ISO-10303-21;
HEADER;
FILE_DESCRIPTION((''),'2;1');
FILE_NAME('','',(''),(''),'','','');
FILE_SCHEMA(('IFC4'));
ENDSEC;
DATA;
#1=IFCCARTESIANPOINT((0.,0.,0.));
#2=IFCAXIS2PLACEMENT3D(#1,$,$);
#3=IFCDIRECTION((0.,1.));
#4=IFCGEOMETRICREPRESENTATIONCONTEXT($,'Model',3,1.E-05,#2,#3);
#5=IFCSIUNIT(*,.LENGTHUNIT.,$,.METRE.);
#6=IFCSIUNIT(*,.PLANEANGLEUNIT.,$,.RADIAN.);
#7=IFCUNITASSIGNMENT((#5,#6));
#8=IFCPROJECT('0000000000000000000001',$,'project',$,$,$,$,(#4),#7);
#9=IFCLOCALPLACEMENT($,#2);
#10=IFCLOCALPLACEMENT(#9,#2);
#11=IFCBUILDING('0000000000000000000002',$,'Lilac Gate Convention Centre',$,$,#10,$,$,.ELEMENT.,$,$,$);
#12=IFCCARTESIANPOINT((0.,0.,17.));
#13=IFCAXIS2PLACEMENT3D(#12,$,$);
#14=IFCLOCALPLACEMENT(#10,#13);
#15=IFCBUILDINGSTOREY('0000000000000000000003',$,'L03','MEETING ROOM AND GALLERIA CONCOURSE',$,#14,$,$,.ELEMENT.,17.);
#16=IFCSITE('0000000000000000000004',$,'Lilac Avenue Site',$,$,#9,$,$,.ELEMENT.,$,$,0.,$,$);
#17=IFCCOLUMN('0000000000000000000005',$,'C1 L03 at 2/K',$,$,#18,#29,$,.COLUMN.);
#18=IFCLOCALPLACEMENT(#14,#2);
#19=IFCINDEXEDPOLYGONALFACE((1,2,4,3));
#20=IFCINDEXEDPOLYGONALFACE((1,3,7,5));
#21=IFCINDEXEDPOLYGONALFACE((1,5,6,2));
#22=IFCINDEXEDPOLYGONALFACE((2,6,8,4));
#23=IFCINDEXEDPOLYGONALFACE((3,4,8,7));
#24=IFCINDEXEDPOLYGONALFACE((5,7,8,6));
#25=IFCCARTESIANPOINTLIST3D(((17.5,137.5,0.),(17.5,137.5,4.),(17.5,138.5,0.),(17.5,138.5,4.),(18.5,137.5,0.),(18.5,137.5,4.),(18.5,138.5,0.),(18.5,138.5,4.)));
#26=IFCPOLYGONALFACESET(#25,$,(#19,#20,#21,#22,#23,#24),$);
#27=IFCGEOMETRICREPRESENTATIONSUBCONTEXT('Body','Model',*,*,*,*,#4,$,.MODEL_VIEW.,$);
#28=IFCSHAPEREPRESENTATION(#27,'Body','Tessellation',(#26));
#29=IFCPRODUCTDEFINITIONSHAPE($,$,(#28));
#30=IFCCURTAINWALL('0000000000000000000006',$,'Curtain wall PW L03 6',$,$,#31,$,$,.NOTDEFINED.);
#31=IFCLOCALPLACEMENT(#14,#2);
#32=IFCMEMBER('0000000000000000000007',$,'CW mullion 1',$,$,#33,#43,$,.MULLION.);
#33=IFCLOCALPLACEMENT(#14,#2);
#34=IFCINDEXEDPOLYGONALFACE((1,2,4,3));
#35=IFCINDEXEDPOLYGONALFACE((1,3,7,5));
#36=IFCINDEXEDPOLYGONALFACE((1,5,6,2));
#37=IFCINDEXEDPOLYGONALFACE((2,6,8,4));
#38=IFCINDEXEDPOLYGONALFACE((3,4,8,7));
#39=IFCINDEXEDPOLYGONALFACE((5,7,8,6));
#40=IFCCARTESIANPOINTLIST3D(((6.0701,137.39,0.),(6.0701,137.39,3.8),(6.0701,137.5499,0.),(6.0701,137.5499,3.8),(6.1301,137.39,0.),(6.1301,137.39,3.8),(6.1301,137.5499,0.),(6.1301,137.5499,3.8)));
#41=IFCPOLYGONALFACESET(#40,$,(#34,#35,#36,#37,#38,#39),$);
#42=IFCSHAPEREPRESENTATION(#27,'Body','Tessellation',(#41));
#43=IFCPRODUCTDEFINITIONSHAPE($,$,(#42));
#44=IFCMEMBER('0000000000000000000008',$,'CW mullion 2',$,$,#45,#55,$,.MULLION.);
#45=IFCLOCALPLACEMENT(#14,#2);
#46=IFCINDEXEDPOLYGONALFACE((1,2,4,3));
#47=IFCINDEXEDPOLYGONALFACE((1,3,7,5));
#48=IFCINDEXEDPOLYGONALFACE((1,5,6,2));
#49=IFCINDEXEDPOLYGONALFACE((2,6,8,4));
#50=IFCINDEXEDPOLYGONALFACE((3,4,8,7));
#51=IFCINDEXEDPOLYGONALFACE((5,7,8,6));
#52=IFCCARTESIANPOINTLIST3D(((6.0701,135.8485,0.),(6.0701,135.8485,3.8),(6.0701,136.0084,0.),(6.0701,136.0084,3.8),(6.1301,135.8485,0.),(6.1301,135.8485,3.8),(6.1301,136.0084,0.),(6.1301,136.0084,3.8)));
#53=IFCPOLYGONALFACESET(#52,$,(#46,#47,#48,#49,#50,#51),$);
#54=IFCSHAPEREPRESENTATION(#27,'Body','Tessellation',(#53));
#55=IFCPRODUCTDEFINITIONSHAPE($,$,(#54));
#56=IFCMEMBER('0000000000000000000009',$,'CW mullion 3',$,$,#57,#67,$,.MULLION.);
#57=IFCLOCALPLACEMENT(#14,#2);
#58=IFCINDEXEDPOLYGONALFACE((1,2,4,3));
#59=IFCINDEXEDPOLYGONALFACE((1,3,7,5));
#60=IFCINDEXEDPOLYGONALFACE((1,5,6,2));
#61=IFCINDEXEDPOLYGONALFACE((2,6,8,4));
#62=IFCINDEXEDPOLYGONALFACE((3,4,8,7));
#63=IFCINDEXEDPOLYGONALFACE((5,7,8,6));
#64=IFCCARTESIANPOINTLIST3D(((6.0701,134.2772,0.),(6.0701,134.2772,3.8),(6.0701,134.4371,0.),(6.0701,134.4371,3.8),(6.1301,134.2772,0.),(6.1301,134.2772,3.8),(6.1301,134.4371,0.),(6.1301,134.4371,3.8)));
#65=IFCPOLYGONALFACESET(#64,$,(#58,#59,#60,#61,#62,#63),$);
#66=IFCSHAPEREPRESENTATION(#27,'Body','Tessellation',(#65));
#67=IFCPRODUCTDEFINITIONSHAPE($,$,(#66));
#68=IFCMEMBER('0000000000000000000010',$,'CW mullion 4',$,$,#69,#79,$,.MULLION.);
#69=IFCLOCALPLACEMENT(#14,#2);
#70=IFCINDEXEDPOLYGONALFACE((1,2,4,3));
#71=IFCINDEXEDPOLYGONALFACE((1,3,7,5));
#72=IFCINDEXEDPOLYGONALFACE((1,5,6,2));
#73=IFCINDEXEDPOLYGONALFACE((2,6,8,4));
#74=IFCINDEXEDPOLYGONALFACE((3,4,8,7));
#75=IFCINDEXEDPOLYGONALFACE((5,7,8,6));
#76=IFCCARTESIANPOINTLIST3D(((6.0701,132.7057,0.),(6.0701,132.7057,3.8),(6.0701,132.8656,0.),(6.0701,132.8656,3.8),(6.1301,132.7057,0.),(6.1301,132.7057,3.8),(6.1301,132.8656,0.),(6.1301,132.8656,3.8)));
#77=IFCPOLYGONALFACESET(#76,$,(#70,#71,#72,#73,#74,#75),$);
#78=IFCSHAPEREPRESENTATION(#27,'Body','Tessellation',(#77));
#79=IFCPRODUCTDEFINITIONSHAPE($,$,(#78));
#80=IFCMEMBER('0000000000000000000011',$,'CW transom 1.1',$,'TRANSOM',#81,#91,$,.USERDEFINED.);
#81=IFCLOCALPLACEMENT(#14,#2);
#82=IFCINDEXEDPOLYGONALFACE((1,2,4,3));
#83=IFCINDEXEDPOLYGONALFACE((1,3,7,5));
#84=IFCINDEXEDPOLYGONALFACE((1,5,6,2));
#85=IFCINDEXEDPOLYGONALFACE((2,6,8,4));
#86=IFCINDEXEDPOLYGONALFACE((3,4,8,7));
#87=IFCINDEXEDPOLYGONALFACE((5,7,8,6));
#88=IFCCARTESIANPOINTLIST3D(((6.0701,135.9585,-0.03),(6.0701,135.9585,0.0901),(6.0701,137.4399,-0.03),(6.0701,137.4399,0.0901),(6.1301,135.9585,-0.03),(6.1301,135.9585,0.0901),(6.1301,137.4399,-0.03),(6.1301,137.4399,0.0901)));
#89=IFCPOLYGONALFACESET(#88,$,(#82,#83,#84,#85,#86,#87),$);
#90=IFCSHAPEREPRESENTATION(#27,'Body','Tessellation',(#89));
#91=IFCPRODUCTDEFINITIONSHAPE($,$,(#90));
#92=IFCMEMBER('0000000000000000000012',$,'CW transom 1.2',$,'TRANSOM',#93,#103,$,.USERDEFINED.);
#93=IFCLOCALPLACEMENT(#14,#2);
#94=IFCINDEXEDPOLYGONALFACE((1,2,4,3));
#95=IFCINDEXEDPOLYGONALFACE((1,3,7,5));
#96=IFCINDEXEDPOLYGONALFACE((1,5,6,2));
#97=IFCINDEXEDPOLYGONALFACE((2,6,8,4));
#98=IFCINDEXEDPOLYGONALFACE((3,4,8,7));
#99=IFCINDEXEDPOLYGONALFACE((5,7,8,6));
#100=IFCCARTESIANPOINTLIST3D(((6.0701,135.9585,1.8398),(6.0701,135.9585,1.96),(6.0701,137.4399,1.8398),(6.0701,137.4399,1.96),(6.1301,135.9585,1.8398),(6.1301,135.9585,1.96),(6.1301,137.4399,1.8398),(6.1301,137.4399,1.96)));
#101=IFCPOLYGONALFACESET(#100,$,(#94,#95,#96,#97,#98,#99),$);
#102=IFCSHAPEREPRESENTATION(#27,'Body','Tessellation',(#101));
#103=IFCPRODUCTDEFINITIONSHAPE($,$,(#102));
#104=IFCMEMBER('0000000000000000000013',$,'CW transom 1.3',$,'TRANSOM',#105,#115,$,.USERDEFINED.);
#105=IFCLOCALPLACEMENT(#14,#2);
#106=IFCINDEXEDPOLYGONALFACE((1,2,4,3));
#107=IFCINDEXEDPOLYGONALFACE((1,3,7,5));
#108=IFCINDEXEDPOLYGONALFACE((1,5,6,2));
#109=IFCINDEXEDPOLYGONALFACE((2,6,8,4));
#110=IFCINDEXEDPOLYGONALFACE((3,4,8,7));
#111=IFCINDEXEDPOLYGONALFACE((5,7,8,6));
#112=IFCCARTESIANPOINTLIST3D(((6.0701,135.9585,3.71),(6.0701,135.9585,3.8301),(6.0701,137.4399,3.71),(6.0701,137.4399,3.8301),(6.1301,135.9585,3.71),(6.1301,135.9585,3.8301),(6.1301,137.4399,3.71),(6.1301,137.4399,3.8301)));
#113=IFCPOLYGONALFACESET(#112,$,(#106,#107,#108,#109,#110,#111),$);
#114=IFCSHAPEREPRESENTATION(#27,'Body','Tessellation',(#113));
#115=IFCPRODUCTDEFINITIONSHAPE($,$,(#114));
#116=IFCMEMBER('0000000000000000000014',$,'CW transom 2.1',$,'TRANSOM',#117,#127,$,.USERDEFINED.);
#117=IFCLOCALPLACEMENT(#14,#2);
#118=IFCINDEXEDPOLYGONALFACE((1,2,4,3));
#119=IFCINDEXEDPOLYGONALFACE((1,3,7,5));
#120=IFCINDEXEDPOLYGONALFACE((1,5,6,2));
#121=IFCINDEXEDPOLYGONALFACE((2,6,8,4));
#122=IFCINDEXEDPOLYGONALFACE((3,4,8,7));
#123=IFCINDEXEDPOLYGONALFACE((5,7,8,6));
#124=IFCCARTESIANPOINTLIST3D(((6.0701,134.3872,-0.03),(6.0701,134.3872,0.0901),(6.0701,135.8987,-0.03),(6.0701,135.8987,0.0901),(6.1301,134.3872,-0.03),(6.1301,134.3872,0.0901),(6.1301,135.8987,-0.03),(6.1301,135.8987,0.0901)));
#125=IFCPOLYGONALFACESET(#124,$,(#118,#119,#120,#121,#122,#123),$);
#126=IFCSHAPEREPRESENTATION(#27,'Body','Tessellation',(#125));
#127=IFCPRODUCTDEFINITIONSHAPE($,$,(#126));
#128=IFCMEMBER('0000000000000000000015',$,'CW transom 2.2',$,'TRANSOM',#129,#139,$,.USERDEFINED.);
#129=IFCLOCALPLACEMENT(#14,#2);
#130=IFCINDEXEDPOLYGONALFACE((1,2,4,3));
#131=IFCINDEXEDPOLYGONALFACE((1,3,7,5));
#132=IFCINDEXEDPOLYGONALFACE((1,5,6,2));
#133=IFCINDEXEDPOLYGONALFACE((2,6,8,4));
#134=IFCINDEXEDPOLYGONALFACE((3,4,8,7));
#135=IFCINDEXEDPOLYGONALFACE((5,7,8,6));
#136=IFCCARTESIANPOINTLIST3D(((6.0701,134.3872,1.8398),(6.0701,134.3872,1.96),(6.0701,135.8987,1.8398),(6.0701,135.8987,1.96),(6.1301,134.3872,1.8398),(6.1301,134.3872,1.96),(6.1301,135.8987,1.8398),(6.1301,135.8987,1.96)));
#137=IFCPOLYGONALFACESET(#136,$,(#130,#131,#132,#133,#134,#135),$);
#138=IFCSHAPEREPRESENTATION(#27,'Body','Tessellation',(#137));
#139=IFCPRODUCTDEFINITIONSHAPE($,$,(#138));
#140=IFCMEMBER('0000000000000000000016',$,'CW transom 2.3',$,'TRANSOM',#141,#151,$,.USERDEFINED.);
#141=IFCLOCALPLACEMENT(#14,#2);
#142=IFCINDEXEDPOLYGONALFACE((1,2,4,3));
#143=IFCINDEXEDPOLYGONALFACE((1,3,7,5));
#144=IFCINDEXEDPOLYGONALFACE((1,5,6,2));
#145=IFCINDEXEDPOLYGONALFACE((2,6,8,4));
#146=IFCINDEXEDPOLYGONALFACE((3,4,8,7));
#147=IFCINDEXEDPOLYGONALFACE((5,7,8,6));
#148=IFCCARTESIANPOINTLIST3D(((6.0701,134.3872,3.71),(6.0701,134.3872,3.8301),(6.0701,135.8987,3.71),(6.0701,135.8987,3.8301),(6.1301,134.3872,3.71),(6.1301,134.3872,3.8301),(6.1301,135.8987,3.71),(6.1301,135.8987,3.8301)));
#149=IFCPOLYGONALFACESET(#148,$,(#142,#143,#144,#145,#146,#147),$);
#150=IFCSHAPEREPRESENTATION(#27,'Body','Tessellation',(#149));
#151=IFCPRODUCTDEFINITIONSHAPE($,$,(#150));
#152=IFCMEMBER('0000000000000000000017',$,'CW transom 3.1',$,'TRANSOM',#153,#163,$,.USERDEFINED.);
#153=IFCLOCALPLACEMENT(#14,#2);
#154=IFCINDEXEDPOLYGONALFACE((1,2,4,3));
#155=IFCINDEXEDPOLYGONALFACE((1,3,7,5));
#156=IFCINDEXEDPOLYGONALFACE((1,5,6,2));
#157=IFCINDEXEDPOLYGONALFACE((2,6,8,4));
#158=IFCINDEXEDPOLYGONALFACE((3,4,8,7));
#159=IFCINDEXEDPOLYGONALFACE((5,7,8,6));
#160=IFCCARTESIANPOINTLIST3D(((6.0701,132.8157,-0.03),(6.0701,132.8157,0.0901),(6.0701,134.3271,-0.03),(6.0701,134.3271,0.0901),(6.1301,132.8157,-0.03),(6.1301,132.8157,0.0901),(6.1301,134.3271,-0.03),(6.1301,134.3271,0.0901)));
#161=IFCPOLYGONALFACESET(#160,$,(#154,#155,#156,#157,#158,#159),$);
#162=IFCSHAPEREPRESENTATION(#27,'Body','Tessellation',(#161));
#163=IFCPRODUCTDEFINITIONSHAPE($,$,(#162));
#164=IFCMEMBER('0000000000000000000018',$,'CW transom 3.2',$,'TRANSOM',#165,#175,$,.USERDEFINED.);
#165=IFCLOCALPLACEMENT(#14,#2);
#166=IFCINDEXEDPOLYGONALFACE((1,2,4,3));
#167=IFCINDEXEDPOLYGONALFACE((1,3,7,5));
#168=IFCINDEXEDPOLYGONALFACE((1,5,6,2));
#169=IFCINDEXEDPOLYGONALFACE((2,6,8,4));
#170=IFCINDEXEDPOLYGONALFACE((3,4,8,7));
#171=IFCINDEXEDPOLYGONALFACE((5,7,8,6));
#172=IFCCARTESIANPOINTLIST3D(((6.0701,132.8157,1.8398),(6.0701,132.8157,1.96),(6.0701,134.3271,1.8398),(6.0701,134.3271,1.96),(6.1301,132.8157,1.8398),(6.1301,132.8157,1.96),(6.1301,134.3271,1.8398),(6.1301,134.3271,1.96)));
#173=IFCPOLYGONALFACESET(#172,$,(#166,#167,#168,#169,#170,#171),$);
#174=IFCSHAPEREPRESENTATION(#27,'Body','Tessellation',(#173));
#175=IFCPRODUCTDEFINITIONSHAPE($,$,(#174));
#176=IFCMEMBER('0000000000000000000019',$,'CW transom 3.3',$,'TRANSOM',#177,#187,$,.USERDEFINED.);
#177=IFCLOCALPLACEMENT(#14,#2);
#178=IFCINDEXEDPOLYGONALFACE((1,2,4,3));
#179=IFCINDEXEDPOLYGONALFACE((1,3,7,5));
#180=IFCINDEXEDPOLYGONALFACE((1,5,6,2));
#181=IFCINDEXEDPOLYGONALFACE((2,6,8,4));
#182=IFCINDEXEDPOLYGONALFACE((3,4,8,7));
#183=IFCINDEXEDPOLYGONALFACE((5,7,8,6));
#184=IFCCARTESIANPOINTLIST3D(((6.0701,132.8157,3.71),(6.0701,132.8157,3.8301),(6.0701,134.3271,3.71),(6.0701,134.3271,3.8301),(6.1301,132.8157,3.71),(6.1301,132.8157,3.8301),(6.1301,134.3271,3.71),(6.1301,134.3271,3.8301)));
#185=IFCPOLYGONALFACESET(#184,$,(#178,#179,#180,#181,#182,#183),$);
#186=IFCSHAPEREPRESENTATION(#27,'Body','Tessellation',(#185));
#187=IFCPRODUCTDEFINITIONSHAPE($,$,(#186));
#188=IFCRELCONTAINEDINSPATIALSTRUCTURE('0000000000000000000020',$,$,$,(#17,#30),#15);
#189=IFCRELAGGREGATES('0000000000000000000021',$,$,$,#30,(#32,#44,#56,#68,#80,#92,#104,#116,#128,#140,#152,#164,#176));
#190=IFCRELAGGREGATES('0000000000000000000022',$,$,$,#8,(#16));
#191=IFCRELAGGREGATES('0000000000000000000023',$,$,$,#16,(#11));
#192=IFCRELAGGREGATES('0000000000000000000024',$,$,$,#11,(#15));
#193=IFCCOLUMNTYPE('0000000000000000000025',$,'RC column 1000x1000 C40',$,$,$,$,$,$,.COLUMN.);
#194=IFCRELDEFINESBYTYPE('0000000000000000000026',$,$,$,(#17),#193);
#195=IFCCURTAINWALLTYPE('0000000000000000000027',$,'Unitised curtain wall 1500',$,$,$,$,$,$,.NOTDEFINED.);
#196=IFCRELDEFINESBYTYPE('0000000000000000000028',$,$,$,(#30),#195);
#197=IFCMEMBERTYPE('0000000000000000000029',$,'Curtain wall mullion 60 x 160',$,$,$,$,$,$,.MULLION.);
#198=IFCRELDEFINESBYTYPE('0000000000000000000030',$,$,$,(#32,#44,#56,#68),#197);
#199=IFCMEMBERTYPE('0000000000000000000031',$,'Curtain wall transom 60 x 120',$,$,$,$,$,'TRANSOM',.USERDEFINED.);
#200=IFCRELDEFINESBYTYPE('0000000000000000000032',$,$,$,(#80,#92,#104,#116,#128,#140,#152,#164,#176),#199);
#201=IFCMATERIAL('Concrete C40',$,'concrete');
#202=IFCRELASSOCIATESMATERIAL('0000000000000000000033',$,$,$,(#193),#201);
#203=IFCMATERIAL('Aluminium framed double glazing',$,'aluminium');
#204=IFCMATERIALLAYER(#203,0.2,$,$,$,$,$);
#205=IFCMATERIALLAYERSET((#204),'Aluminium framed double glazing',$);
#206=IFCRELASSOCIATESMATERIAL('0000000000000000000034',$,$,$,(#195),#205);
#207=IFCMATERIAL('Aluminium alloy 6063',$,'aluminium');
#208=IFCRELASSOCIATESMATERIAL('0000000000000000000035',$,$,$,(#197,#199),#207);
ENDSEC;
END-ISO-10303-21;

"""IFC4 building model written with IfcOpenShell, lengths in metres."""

from ifc_helpers import new_model, si_unit, direction, frame, origin, origin_2d, place, context, subcontext, project, spatial, rectangle, extrude, material, layer, layer_set, material_profile, profile_set, type_object, element, aggregate, save


model = new_model("IFC4")

# Units and contexts
model_context = context("Model", 3, precision=1e-05, world=origin(), true_north=direction((0.0, 1.0)))
body_context = subcontext(model_context, "Body", "Model", "MODEL_VIEW")
ifc_project = project(units=[si_unit("LENGTHUNIT", "METRE"), si_unit("PLANEANGLEUNIT", "RADIAN")], contexts=[model_context])

# Site, building, storey
site_placement = place(None, origin())
site = spatial("IfcSite", under=ifc_project, at=site_placement, Name="Lilac Avenue Site", CompositionType="ELEMENT", RefElevation=0.0)
building_placement = place(site_placement, origin())
building = spatial("IfcBuilding", under=site, at=building_placement, Name="Lilac Gate Convention Centre", CompositionType="ELEMENT")
storey_placement = place(building_placement, frame((0.0, 0.0, 17.0)))
storey = spatial("IfcBuildingStorey", under=building, at=storey_placement, Name="L03", Description="MEETING ROOM AND GALLERIA CONCOURSE", CompositionType="ELEMENT", Elevation=17.0)

# Column
ifc_material_1 = material(Name="Concrete C40", Category="concrete")
ifc_material_profile_1 = material_profile(ifc_material_1, rectangle(XDim=1.0, YDim=1.0, at=origin_2d()), Name="RC 1000x1000")
ifc_profile_set_1 = profile_set([ifc_material_profile_1], Name="Concrete C40")
column_type = type_object("IfcColumnType", Name="RC column 1000x1000 C40", PredefinedType="COLUMN", material=ifc_profile_set_1)
column_placement = place(storey_placement, frame((18.0, 138.0, 0.0), z_axis=(0.0, 0.0, 1.0), x_axis=(1.0, 0.0, 0.0)))
element("IfcColumn", 1, at=column_placement, inside=storey, type_object=column_type, Name="C1 L03 at 2/K", PredefinedType="COLUMN", context=body_context, shape_type="SweptSolid", body=[
    extrude(rectangle(XDim=1.0, YDim=1.0, at=origin_2d()), origin(), (0.0, 0.0, 1.0), 4.0),
])

# Curtain wall, members
ifc_material_2 = material(Name="Aluminium framed double glazing", Category="aluminium")
ifc_layer_1 = layer(ifc_material_2, 0.2)
ifc_layer_set_1 = layer_set([ifc_layer_1], Name="Aluminium framed double glazing")
curtain_wall_type = type_object("IfcCurtainWallType", Name="Unitised curtain wall 1500", PredefinedType="NOTDEFINED", material=ifc_layer_set_1)
curtain_wall_placement = place(storey_placement, origin())
curtain_wall = element("IfcCurtainWall", 2, at=curtain_wall_placement, inside=storey, type_object=curtain_wall_type, Name="Curtain wall PW L03 6", PredefinedType="NOTDEFINED")
ifc_material_3 = material(Name="Aluminium alloy 6063", Category="aluminium")
ifc_material_profile_2 = material_profile(ifc_material_3, rectangle(XDim=0.0601, YDim=0.1599, at=origin_2d()), Name="Curtain wall mullion 60 x 160")
ifc_profile_set_2 = profile_set([ifc_material_profile_2], Name="Aluminium alloy 6063")
member_type_1 = type_object("IfcMemberType", Name="Curtain wall mullion 60 x 160", PredefinedType="MULLION", material=ifc_profile_set_2)
member_1_placement = place(storey_placement, frame((6.1001, 137.47, 0.0), z_axis=(0.0, 0.0, 1.0), x_axis=(1.0, 0.0, 0.0)))
member_1 = element("IfcMember", 3, at=member_1_placement, type_object=member_type_1, Name="CW mullion 1", PredefinedType="MULLION", context=body_context, shape_type="SweptSolid", body=[
    extrude(rectangle(XDim=0.0601, YDim=0.1599, at=origin_2d()), origin(), (0.0, 0.0, 1.0), 3.8),
])
member_2_placement = place(storey_placement, frame((6.1001, 135.9285, 0.0), z_axis=(0.0, 0.0, 1.0), x_axis=(1.0, 0.0, 0.0)))
member_2 = element("IfcMember", 4, at=member_2_placement, type_object=member_type_1, Name="CW mullion 2", PredefinedType="MULLION", context=body_context, shape_type="SweptSolid", body=[
    extrude(rectangle(XDim=0.0601, YDim=0.1599, at=origin_2d()), origin(), (0.0, 0.0, 1.0), 3.8),
])
member_3_placement = place(storey_placement, frame((6.1001, 134.3572, 0.0), z_axis=(0.0, 0.0, 1.0), x_axis=(1.0, 0.0, 0.0)))
member_3 = element("IfcMember", 5, at=member_3_placement, type_object=member_type_1, Name="CW mullion 3", PredefinedType="MULLION", context=body_context, shape_type="SweptSolid", body=[
    extrude(rectangle(XDim=0.0601, YDim=0.1599, at=origin_2d()), origin(), (0.0, 0.0, 1.0), 3.8),
])
member_4_placement = place(storey_placement, frame((6.1001, 132.7856, 0.0), z_axis=(0.0, 0.0, 1.0), x_axis=(1.0, 0.0, 0.0)))
member_4 = element("IfcMember", 6, at=member_4_placement, type_object=member_type_1, Name="CW mullion 4", PredefinedType="MULLION", context=body_context, shape_type="SweptSolid", body=[
    extrude(rectangle(XDim=0.0601, YDim=0.1599, at=origin_2d()), origin(), (0.0, 0.0, 1.0), 3.8),
])
ifc_material_profile_3 = material_profile(ifc_material_3, rectangle(XDim=0.0601, YDim=0.1201, at=origin_2d()), Name="Curtain wall transom 60 x 120")
ifc_profile_set_3 = profile_set([ifc_material_profile_3], Name="Aluminium alloy 6063")
member_type_2 = type_object("IfcMemberType", Name="Curtain wall transom 60 x 120", ElementType="TRANSOM", PredefinedType="USERDEFINED", material=ifc_profile_set_3)
member_5_placement = place(storey_placement, frame((6.1001, 137.4399, 0.03), z_axis=(0.0, -1.0, 0.0), x_axis=(1.0, 0.0, 0.0)))
member_5 = element("IfcMember", 7, at=member_5_placement, type_object=member_type_2, Name="CW transom 1.1", ObjectType="TRANSOM", PredefinedType="USERDEFINED", context=body_context, shape_type="SweptSolid", body=[
    extrude(rectangle(XDim=0.0601, YDim=0.1201, at=origin_2d()), origin(), (0.0, 0.0, 1.0), 1.4814),
])
member_6_placement = place(storey_placement, frame((6.1001, 137.4399, 1.8999), z_axis=(0.0, -1.0, 0.0), x_axis=(1.0, 0.0, 0.0)))
member_6 = element("IfcMember", 8, at=member_6_placement, type_object=member_type_2, Name="CW transom 1.2", ObjectType="TRANSOM", PredefinedType="USERDEFINED", context=body_context, shape_type="SweptSolid", body=[
    extrude(rectangle(XDim=0.0601, YDim=0.1201, at=origin_2d()), origin(), (0.0, 0.0, 1.0), 1.4814),
])
member_7_placement = place(storey_placement, frame((6.1001, 137.4399, 3.77), z_axis=(0.0, -1.0, 0.0), x_axis=(1.0, 0.0, 0.0)))
member_7 = element("IfcMember", 9, at=member_7_placement, type_object=member_type_2, Name="CW transom 1.3", ObjectType="TRANSOM", PredefinedType="USERDEFINED", context=body_context, shape_type="SweptSolid", body=[
    extrude(rectangle(XDim=0.0601, YDim=0.1201, at=origin_2d()), origin(), (0.0, 0.0, 1.0), 1.4814),
])
member_8_placement = place(storey_placement, frame((6.1001, 135.8987, 0.03), z_axis=(0.0, -1.0, 0.0), x_axis=(1.0, 0.0, 0.0)))
member_8 = element("IfcMember", 10, at=member_8_placement, type_object=member_type_2, Name="CW transom 2.1", ObjectType="TRANSOM", PredefinedType="USERDEFINED", context=body_context, shape_type="SweptSolid", body=[
    extrude(rectangle(XDim=0.0601, YDim=0.1201, at=origin_2d()), origin(), (0.0, 0.0, 1.0), 1.5115),
])
member_9_placement = place(storey_placement, frame((6.1001, 135.8987, 1.8999), z_axis=(0.0, -1.0, 0.0), x_axis=(1.0, 0.0, 0.0)))
member_9 = element("IfcMember", 11, at=member_9_placement, type_object=member_type_2, Name="CW transom 2.2", ObjectType="TRANSOM", PredefinedType="USERDEFINED", context=body_context, shape_type="SweptSolid", body=[
    extrude(rectangle(XDim=0.0601, YDim=0.1201, at=origin_2d()), origin(), (0.0, 0.0, 1.0), 1.5115),
])
member_10_placement = place(storey_placement, frame((6.1001, 135.8987, 3.77), z_axis=(0.0, -1.0, 0.0), x_axis=(1.0, 0.0, 0.0)))
member_10 = element("IfcMember", 12, at=member_10_placement, type_object=member_type_2, Name="CW transom 2.3", ObjectType="TRANSOM", PredefinedType="USERDEFINED", context=body_context, shape_type="SweptSolid", body=[
    extrude(rectangle(XDim=0.0601, YDim=0.1201, at=origin_2d()), origin(), (0.0, 0.0, 1.0), 1.5115),
])
member_11_placement = place(storey_placement, frame((6.1001, 134.3271, 0.03), z_axis=(0.0, -1.0, 0.0), x_axis=(1.0, 0.0, 0.0)))
member_11 = element("IfcMember", 13, at=member_11_placement, type_object=member_type_2, Name="CW transom 3.1", ObjectType="TRANSOM", PredefinedType="USERDEFINED", context=body_context, shape_type="SweptSolid", body=[
    extrude(rectangle(XDim=0.0601, YDim=0.1201, at=origin_2d()), origin(), (0.0, 0.0, 1.0), 1.5115),
])
member_12_placement = place(storey_placement, frame((6.1001, 134.3271, 1.8999), z_axis=(0.0, -1.0, 0.0), x_axis=(1.0, 0.0, 0.0)))
member_12 = element("IfcMember", 14, at=member_12_placement, type_object=member_type_2, Name="CW transom 3.2", ObjectType="TRANSOM", PredefinedType="USERDEFINED", context=body_context, shape_type="SweptSolid", body=[
    extrude(rectangle(XDim=0.0601, YDim=0.1201, at=origin_2d()), origin(), (0.0, 0.0, 1.0), 1.5115),
])
member_13_placement = place(storey_placement, frame((6.1001, 134.3271, 3.77), z_axis=(0.0, -1.0, 0.0), x_axis=(1.0, 0.0, 0.0)))
member_13 = element("IfcMember", 15, at=member_13_placement, type_object=member_type_2, Name="CW transom 3.3", ObjectType="TRANSOM", PredefinedType="USERDEFINED", context=body_context, shape_type="SweptSolid", body=[
    extrude(rectangle(XDim=0.0601, YDim=0.1201, at=origin_2d()), origin(), (0.0, 0.0, 1.0), 1.5115),
])

aggregate(curtain_wall, [member_1, member_2, member_3, member_4, member_5, member_6, member_7, member_8, member_9, member_10, member_11, member_12, member_13])

save(model, "model.ifc")
